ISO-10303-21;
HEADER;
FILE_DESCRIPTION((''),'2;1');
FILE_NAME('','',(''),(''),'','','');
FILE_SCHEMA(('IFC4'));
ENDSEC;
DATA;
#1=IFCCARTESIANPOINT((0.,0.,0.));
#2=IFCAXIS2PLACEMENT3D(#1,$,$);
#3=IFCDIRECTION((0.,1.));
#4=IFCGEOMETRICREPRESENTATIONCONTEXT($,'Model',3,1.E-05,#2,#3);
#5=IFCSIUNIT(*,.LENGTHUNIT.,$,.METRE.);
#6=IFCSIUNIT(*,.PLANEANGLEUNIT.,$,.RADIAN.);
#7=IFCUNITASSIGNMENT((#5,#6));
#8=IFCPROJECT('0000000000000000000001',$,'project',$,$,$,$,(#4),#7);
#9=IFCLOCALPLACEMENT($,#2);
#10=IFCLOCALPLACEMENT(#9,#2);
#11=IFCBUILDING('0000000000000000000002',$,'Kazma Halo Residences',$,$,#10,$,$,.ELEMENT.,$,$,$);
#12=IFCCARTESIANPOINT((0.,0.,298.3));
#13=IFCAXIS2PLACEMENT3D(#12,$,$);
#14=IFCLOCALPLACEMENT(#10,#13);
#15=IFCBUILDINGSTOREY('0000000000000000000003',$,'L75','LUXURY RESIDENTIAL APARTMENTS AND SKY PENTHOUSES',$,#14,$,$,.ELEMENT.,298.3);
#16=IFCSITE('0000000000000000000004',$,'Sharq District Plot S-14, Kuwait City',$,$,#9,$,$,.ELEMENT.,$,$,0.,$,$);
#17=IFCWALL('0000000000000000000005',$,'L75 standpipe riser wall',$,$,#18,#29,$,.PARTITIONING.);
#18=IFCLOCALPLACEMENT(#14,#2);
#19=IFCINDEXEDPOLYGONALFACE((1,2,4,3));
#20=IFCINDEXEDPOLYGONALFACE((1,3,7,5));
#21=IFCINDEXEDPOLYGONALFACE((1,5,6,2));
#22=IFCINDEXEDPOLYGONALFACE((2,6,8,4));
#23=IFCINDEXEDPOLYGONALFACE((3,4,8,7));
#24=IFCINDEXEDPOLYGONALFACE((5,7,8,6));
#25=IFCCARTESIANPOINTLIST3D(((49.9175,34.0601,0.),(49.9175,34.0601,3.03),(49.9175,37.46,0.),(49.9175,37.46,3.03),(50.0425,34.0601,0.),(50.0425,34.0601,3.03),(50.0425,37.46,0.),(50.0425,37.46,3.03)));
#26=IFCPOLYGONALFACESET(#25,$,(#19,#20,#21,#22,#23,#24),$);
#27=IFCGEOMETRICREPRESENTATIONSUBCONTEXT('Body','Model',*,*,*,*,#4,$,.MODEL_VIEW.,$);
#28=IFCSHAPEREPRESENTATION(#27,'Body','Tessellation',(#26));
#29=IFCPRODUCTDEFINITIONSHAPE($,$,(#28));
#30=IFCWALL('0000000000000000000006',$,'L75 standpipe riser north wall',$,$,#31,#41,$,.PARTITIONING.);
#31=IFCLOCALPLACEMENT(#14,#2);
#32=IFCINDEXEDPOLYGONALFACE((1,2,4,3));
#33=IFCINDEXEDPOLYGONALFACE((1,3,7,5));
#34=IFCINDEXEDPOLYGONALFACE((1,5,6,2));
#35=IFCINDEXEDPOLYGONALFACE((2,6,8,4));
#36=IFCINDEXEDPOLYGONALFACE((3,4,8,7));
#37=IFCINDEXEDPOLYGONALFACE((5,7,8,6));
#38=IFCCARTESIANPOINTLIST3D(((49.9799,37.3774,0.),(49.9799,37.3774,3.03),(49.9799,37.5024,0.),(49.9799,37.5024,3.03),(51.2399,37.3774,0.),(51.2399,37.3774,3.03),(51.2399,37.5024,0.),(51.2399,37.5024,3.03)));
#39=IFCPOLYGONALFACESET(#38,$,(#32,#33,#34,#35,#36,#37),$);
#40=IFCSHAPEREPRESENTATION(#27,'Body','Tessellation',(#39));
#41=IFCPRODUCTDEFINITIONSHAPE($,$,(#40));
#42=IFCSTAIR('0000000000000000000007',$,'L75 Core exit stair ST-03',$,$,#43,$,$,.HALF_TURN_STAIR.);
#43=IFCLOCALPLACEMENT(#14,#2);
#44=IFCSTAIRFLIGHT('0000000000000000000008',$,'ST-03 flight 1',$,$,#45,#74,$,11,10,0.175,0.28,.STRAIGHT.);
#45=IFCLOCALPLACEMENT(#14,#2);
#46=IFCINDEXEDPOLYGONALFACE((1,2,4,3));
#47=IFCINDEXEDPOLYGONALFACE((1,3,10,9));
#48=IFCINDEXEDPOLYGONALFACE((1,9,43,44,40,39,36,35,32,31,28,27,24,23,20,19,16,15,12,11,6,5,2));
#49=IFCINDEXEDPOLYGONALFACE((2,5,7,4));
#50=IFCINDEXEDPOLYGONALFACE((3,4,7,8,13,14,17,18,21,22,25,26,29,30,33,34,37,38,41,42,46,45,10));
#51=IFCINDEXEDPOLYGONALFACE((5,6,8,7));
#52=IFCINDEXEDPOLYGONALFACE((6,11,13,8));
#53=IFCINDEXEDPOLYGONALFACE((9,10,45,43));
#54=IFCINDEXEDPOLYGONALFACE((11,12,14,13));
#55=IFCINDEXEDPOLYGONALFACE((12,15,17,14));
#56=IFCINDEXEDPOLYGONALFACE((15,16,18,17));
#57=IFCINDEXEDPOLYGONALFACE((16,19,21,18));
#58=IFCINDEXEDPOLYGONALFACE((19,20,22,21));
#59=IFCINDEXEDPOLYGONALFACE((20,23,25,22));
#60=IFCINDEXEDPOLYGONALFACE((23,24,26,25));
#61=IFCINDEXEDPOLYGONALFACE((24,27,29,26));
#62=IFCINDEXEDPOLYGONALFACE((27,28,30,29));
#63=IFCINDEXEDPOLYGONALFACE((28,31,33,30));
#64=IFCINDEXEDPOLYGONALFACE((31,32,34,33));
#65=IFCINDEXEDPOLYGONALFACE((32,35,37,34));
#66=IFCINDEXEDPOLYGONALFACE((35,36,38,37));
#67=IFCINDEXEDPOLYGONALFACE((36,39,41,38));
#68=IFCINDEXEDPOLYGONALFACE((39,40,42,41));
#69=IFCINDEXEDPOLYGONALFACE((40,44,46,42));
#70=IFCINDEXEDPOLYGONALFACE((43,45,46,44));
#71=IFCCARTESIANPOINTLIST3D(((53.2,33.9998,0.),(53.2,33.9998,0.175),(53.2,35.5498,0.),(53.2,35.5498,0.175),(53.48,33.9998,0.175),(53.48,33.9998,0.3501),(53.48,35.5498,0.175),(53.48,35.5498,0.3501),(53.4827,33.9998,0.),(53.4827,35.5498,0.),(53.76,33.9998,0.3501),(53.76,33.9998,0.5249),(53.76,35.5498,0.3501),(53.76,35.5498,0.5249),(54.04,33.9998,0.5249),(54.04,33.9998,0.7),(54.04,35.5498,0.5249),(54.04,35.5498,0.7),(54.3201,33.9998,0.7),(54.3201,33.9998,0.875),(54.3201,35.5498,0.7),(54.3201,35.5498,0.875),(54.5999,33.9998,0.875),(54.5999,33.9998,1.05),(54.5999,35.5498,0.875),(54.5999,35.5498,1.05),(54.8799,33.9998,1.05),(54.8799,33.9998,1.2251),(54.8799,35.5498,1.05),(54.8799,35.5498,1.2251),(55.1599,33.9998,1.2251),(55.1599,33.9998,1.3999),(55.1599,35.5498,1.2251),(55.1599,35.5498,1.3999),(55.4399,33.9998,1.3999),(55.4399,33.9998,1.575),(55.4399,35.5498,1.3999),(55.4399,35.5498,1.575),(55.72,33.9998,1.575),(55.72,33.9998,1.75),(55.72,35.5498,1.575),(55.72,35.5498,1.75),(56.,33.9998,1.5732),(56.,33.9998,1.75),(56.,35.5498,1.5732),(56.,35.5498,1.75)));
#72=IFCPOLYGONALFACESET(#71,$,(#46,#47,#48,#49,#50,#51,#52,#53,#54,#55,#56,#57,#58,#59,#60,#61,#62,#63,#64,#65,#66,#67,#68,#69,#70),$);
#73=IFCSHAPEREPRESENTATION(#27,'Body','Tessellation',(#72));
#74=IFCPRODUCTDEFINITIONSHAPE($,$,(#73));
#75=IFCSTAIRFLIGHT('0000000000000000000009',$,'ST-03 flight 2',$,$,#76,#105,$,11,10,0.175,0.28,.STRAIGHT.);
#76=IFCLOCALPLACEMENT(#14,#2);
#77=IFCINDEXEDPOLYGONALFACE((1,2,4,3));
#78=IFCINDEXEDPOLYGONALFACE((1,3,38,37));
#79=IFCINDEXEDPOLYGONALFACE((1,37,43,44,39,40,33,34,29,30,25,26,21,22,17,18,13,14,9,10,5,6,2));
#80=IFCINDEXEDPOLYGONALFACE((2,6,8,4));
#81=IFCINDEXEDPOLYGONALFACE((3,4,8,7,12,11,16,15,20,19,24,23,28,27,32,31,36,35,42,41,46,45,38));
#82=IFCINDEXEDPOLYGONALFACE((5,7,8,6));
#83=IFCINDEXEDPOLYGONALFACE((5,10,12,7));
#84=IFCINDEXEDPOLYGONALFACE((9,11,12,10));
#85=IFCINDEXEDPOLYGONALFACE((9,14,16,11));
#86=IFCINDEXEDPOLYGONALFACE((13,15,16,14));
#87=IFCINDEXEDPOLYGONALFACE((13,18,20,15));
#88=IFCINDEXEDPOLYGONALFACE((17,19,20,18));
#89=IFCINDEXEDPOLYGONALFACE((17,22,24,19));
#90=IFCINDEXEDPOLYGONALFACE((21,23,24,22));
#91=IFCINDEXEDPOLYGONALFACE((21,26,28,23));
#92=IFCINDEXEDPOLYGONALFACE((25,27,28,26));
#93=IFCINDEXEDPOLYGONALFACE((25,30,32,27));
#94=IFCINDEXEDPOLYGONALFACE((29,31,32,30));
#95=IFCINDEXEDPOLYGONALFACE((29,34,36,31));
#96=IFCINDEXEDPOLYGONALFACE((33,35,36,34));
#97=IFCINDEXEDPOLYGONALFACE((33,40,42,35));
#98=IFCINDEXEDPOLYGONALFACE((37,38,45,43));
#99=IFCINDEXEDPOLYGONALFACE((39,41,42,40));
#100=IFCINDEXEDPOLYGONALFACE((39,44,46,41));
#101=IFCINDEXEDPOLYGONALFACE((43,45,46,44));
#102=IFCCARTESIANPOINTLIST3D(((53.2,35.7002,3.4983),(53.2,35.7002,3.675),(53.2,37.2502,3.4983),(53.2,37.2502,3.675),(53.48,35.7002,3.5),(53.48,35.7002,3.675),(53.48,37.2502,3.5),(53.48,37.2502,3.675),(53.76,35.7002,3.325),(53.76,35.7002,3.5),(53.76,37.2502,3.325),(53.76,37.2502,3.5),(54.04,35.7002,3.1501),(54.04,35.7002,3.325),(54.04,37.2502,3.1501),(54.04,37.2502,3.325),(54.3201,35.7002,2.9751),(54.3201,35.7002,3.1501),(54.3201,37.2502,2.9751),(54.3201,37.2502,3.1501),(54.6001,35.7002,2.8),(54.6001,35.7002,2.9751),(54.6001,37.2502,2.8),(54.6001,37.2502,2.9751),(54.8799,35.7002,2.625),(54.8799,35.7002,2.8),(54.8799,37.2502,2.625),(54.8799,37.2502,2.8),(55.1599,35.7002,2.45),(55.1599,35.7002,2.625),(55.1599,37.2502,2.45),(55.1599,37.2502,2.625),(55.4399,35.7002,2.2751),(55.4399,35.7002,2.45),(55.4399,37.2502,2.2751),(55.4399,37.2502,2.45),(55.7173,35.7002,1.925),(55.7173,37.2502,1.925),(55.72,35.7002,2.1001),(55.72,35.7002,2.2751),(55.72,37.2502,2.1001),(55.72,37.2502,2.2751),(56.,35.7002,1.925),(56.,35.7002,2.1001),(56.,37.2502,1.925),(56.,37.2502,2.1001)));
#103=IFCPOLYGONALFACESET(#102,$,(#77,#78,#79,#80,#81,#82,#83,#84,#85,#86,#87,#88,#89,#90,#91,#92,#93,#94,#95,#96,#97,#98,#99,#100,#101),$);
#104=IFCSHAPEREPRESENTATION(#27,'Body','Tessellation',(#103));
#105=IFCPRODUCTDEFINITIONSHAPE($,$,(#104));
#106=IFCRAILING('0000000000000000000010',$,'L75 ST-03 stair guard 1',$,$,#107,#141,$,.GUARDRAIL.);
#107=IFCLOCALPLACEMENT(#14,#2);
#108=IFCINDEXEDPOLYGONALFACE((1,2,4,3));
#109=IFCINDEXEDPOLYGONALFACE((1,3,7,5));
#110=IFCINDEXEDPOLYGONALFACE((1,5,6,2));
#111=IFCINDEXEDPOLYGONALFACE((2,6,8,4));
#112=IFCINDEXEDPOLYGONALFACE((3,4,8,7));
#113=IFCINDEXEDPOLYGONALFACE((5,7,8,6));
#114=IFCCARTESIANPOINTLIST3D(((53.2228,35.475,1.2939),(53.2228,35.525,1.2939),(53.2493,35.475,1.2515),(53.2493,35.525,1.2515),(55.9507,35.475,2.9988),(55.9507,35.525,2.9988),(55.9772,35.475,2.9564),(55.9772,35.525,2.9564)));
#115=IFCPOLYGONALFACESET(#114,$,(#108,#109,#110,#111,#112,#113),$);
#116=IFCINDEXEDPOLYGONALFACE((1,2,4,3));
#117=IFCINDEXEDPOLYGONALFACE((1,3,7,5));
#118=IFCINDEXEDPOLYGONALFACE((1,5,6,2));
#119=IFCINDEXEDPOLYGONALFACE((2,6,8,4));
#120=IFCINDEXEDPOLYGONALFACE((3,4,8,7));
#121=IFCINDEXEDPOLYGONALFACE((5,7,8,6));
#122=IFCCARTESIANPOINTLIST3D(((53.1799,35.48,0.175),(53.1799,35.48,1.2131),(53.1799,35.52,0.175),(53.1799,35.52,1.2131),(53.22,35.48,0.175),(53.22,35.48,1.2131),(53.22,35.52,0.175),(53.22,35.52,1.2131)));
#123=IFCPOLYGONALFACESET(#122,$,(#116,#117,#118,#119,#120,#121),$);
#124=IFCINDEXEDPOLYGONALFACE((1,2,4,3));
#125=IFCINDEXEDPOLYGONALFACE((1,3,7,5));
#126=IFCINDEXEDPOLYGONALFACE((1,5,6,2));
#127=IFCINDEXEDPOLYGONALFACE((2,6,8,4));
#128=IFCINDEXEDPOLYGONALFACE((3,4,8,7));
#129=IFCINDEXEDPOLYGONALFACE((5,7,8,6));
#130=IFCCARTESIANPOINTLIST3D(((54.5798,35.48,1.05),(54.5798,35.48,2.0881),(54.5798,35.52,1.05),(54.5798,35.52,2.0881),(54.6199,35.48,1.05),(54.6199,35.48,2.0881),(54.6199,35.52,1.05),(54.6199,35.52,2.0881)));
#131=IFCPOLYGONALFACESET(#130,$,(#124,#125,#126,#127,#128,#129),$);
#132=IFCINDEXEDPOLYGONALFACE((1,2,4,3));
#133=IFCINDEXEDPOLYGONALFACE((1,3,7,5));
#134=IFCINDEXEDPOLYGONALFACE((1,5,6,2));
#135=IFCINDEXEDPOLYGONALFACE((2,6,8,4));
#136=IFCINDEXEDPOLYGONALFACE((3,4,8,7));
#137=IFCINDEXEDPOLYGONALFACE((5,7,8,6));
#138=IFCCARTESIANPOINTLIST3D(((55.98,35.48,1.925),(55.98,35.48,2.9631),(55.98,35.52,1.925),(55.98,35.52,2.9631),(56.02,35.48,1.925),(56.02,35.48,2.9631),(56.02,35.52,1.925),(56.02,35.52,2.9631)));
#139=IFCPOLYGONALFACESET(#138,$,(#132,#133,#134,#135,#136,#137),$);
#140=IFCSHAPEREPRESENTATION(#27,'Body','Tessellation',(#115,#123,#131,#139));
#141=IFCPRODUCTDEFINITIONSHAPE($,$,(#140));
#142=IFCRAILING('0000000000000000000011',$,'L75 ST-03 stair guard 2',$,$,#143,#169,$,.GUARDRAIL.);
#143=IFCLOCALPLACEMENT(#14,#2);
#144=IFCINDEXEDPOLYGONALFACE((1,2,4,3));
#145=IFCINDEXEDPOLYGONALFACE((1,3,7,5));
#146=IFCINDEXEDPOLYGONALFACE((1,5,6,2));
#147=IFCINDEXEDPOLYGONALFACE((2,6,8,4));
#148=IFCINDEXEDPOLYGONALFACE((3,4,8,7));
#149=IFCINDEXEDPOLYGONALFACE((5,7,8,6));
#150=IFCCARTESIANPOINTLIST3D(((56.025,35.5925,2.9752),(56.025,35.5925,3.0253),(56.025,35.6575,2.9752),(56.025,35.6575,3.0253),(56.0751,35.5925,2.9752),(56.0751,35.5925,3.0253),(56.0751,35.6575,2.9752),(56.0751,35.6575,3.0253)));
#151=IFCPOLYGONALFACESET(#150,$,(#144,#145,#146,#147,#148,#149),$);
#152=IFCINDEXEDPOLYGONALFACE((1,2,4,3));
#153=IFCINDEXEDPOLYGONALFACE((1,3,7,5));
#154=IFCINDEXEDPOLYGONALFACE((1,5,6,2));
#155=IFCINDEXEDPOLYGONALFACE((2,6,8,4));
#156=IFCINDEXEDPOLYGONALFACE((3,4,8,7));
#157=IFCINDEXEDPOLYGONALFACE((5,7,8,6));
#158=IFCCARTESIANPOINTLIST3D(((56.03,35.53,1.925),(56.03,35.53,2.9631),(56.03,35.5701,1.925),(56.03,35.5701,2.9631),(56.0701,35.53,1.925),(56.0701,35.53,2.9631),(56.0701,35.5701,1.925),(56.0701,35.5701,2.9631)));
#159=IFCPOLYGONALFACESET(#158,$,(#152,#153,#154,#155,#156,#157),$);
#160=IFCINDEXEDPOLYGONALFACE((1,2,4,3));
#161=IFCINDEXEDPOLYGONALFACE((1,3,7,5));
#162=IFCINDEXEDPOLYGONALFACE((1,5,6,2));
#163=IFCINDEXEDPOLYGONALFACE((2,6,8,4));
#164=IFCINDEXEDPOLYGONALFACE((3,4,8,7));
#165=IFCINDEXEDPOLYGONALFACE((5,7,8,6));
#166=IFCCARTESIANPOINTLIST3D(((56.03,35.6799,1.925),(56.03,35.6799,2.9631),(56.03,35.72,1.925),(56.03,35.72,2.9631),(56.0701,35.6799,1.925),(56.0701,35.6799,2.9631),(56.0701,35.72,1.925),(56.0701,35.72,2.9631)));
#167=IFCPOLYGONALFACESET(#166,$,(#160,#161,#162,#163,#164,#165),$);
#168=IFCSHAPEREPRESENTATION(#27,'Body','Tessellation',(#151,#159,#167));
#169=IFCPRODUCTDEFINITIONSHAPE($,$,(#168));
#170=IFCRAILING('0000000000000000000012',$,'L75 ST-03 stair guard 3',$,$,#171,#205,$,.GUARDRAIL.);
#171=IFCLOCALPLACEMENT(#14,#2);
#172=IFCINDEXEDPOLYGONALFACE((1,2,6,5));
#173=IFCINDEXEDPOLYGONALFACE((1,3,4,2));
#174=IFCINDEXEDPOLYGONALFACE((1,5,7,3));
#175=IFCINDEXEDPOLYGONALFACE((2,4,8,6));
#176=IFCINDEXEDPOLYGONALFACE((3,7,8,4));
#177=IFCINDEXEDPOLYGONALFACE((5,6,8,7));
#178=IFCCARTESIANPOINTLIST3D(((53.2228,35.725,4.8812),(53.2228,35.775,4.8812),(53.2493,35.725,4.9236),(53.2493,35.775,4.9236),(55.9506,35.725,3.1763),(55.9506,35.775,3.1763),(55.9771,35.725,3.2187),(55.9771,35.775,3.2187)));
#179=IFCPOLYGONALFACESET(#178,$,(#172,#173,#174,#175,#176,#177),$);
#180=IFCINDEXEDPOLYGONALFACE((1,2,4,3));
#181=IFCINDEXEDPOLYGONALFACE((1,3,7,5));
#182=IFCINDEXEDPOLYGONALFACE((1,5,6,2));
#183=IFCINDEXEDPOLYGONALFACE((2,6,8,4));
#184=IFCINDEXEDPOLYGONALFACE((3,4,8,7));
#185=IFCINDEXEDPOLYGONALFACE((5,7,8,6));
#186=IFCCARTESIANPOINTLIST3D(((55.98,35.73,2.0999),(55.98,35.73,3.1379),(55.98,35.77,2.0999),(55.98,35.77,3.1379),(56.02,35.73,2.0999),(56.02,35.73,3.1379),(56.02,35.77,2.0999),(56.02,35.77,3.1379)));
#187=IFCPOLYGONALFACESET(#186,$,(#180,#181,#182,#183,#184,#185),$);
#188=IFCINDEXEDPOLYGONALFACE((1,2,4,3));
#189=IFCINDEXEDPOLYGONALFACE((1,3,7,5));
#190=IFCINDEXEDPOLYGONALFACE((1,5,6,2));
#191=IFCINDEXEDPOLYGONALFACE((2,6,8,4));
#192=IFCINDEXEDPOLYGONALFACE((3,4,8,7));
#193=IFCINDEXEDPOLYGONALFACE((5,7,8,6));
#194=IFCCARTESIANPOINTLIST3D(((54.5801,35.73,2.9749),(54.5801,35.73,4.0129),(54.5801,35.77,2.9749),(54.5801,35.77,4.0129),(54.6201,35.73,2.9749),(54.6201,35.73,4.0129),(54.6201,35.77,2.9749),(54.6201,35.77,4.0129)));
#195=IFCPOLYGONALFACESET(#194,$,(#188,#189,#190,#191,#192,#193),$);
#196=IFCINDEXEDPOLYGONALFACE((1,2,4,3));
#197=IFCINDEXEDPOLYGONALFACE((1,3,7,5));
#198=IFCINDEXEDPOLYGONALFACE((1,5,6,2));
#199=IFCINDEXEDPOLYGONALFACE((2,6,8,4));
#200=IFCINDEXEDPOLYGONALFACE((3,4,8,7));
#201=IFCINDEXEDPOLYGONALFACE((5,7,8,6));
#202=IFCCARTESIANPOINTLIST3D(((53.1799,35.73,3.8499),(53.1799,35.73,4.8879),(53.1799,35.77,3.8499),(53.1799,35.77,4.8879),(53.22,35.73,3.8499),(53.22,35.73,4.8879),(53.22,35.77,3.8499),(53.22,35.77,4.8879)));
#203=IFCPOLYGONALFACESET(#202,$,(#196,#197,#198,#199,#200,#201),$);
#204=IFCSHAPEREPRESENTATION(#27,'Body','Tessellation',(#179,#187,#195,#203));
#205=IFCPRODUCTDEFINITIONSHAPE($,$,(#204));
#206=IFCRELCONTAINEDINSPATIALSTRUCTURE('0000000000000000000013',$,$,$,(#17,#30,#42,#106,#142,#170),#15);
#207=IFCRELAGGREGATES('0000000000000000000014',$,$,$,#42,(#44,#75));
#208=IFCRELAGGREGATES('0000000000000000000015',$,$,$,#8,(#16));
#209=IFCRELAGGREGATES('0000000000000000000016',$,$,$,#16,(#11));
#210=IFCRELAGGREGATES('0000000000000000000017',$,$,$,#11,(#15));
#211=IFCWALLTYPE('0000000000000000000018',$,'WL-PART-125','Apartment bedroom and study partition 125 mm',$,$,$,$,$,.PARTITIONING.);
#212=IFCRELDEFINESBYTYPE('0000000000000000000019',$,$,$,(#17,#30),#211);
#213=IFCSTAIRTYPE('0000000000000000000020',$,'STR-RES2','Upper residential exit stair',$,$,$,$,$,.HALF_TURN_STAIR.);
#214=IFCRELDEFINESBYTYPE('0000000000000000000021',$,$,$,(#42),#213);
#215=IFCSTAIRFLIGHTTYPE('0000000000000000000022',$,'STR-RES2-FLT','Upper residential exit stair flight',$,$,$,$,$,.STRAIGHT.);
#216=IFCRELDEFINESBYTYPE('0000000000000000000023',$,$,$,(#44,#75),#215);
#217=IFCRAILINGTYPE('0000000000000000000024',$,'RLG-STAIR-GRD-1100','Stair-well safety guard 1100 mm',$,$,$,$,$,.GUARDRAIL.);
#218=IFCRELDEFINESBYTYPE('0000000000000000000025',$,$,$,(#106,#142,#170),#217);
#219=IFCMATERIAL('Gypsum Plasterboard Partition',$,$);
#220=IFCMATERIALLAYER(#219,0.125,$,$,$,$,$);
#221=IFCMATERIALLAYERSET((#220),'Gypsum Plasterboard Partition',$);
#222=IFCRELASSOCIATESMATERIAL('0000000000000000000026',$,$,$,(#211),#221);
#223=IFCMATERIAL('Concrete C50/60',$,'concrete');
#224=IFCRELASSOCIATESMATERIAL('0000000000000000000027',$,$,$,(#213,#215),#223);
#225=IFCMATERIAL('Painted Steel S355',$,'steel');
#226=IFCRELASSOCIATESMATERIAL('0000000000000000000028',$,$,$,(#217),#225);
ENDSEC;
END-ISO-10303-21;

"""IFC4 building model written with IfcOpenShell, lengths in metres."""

from ifc_helpers import new_model, si_unit, direction, frame, frame_2d, origin, origin_2d, place, context, subcontext, project, spatial, polyline, rectangle, outline, extrude, material, layer, layer_set, type_object, element, aggregate, save


model = new_model("IFC4")

# Units and contexts
model_context = context("Model", 3, precision=1e-05, world=origin(), true_north=direction((0.0, 1.0)))
body_context = subcontext(model_context, "Body", "Model", "MODEL_VIEW")
ifc_project = project(units=[si_unit("LENGTHUNIT", "METRE"), si_unit("PLANEANGLEUNIT", "RADIAN")], contexts=[model_context])

# Site, building, storey
site_placement = place(None, origin())
site = spatial("IfcSite", under=ifc_project, at=site_placement, Name="Sharq District Plot S-14, Kuwait City", CompositionType="ELEMENT", RefElevation=0.0)
building_placement = place(site_placement, origin())
building = spatial("IfcBuilding", under=site, at=building_placement, Name="Kazma Halo Residences", CompositionType="ELEMENT")
storey_placement = place(building_placement, frame((0.0, 0.0, 298.3)))
storey = spatial("IfcBuildingStorey", under=building, at=storey_placement, Name="L75", Description="LUXURY RESIDENTIAL APARTMENTS AND SKY PENTHOUSES", CompositionType="ELEMENT", Elevation=298.3)

# Walls
ifc_material_1 = material(Name="Gypsum Plasterboard Partition")
ifc_layer_1 = layer(ifc_material_1, 0.125)
ifc_layer_set_1 = layer_set([ifc_layer_1], Name="Gypsum Plasterboard Partition")
wall_type_1 = type_object("IfcWallType", Name="WL-PART-125", Description="Apartment bedroom and study partition 125 mm", PredefinedType="PARTITIONING", material=ifc_layer_set_1)
wall_1_placement = place(storey_placement, frame((49.98, 34.0601, 0.0), z_axis=(0.0, 0.0, 1.0), x_axis=(0.0, 1.0, 0.0)))
element("IfcWall", 1, at=wall_1_placement, inside=storey, type_object=wall_type_1, Name="L75 standpipe riser wall", PredefinedType="PARTITIONING", context=body_context, shape_type="SweptSolid", body=[
    extrude(rectangle(XDim=3.3999, YDim=0.125, at=frame_2d((1.7, 0.0))), origin(), (0.0, 0.0, 1.0), 3.03),
])
wall_2_placement = place(storey_placement, frame((49.98, 37.4399, 0.0), z_axis=(0.0, 0.0, 1.0), x_axis=(1.0, 0.0, 0.0)))
element("IfcWall", 2, at=wall_2_placement, inside=storey, type_object=wall_type_1, Name="L75 standpipe riser north wall", PredefinedType="PARTITIONING", context=body_context, shape_type="SweptSolid", body=[
    extrude(rectangle(XDim=1.26, YDim=0.125, at=frame_2d((0.6299, 0.0))), origin(), (0.0, 0.0, 1.0), 3.03),
])

# Shared definitions
ifc_material_2 = material(Name="Concrete C50/60", Category="concrete")

# Stair, stair flights
stair_type = type_object("IfcStairType", Name="STR-RES2", Description="Upper residential exit stair", PredefinedType="HALF_TURN_STAIR", material=ifc_material_2)
stair_placement = place(storey_placement, origin())
stair = element("IfcStair", 3, at=stair_placement, inside=storey, type_object=stair_type, Name="L75 Core exit stair ST-03", PredefinedType="HALF_TURN_STAIR")
stair_flight_type = type_object("IfcStairFlightType", Name="STR-RES2-FLT", Description="Upper residential exit stair flight", PredefinedType="STRAIGHT", material=ifc_material_2)
stair_flight_1_placement = place(storey_placement, frame((53.2, 34.7749, 0.0), z_axis=(0.0, 0.0, 1.0), x_axis=(1.0, 0.0, 0.0)))
stair_flight_1 = element("IfcStairFlight", 4, at=stair_flight_1_placement, type_object=stair_flight_type, Name="ST-03 flight 1", NumberOfRisers=11, NumberOfTreads=10, PredefinedType="STRAIGHT", RiserHeight=0.175, TreadLength=0.28, context=body_context, shape_type="SweptSolid", body=[
    extrude(outline(polyline([(0.0, 0.0), (0.0, 0.175), (0.28, 0.175), (0.28, 0.3501), (0.5601, 0.3501), (0.5601, 0.5249), (0.8401, 0.5249), (0.8401, 0.7), (1.1201, 0.7), (1.1201, 0.875), (1.3999, 0.875), (1.3999, 1.05), (1.6799, 1.05), (1.6799, 1.2251), (1.96, 1.2251), (1.96, 1.3999), (2.24, 1.3999), (2.24, 1.575), (2.52, 1.575), (2.52, 1.75), (2.8, 1.75), (2.8, 1.925), (2.8, 1.5732), (0.2827, 0.0), (0.0, 0.0)])), frame((0.0, 0.7749, 0.0), z_axis=(0.0, -1.0, 0.0), x_axis=(1.0, 0.0, 0.0)), (0.0, 0.0, 1.0), 1.55),
])
stair_flight_2_placement = place(storey_placement, frame((56.0, 36.4751, 1.925), z_axis=(0.0, 0.0, 1.0), x_axis=(-1.0, 0.0, 0.0)))
stair_flight_2 = element("IfcStairFlight", 5, at=stair_flight_2_placement, type_object=stair_flight_type, Name="ST-03 flight 2", NumberOfRisers=11, NumberOfTreads=10, PredefinedType="STRAIGHT", RiserHeight=0.175, TreadLength=0.28, context=body_context, shape_type="SweptSolid", body=[
    extrude(outline(polyline([(0.0, 0.0), (0.0, 0.175), (0.28, 0.175), (0.28, 0.3501), (0.5601, 0.3501), (0.5601, 0.5249), (0.8401, 0.5249), (0.8401, 0.7), (1.1201, 0.7), (1.1201, 0.875), (1.3999, 0.875), (1.3999, 1.05), (1.6799, 1.05), (1.6799, 1.2251), (1.96, 1.2251), (1.96, 1.3999), (2.24, 1.3999), (2.24, 1.575), (2.52, 1.575), (2.52, 1.75), (2.8, 1.75), (2.8, 1.925), (2.8, 1.5732), (0.2827, 0.0), (0.0, 0.0)])), frame((0.0, 0.7749, 0.0), z_axis=(0.0, -1.0, 0.0), x_axis=(1.0, 0.0, 0.0)), (0.0, 0.0, 1.0), 1.55),
])
aggregate(stair, [stair_flight_1, stair_flight_2])

# Railings
ifc_material_3 = material(Name="Painted Steel S355", Category="steel")
railing_type_1 = type_object("IfcRailingType", Name="RLG-STAIR-GRD-1100", Description="Stair-well safety guard 1100 mm", PredefinedType="GUARDRAIL", material=ifc_material_3)
railing_1_placement = place(storey_placement, frame((53.2, 35.5, 0.175)))
element("IfcRailing", 6, at=railing_1_placement, inside=storey, type_object=railing_type_1, Name="L75 ST-03 stair guard 1", PredefinedType="GUARDRAIL", context=body_context, shape_type="SweptSolid", body=[
    extrude(rectangle(XDim=0.05, YDim=0.05, at=origin_2d()), frame((0.0361, 0.0, 1.0977), z_axis=(0.848002, 0.0, 0.529992), x_axis=(0.0, 1.0, 0.0)), (0.0, 0.0, 1.0), 3.2168),
    extrude(rectangle(XDim=0.04, YDim=0.04, at=origin_2d()), origin(), (0.0, 0.0, 1.0), 1.0381),
    extrude(rectangle(XDim=0.04, YDim=0.04, at=origin_2d()), frame((1.3999, 0.0, 0.875)), (0.0, 0.0, 1.0), 1.0381),
    extrude(rectangle(XDim=0.04, YDim=0.04, at=origin_2d()), frame((2.8, 0.0, 1.75)), (0.0, 0.0, 1.0), 1.0381),
])
railing_2_placement = place(storey_placement, frame((56.05, 35.55, 1.925)))
element("IfcRailing", 7, at=railing_2_placement, inside=storey, type_object=railing_type_1, Name="L75 ST-03 stair guard 2", PredefinedType="GUARDRAIL", context=body_context, shape_type="SweptSolid", body=[
    extrude(rectangle(XDim=0.05, YDim=0.05, at=origin_2d()), frame((0.0, 0.0425, 1.0752), z_axis=(0.0, 1.0, 0.0), x_axis=(-1.0, 0.0, 0.0)), (0.0, 0.0, 1.0), 0.0649),
    extrude(rectangle(XDim=0.04, YDim=0.04, at=origin_2d()), origin(), (0.0, 0.0, 1.0), 1.0381),
    extrude(rectangle(XDim=0.04, YDim=0.04, at=origin_2d()), frame((0.0, 0.1499, 0.0)), (0.0, 0.0, 1.0), 1.0381),
])
railing_3_placement = place(storey_placement, frame((56.0, 35.75, 2.0999)))
element("IfcRailing", 8, at=railing_3_placement, inside=storey, type_object=railing_type_1, Name="L75 ST-03 stair guard 3", PredefinedType="GUARDRAIL", context=body_context, shape_type="SweptSolid", body=[
    extrude(rectangle(XDim=0.05, YDim=0.05, at=origin_2d()), frame((-0.0361, 0.0, 1.0977), z_axis=(-0.848002, 0.0, 0.529992), x_axis=(0.0, -1.0, 0.0)), (0.0, 0.0, 1.0), 3.2168),
    extrude(rectangle(XDim=0.04, YDim=0.04, at=origin_2d()), origin(), (0.0, 0.0, 1.0), 1.0381),
    extrude(rectangle(XDim=0.04, YDim=0.04, at=origin_2d()), frame((-1.3999, 0.0, 0.875)), (0.0, 0.0, 1.0), 1.0381),
    extrude(rectangle(XDim=0.04, YDim=0.04, at=origin_2d()), frame((-2.8, 0.0, 1.75)), (0.0, 0.0, 1.0), 1.0381),
])

save(model, "model.ifc")
